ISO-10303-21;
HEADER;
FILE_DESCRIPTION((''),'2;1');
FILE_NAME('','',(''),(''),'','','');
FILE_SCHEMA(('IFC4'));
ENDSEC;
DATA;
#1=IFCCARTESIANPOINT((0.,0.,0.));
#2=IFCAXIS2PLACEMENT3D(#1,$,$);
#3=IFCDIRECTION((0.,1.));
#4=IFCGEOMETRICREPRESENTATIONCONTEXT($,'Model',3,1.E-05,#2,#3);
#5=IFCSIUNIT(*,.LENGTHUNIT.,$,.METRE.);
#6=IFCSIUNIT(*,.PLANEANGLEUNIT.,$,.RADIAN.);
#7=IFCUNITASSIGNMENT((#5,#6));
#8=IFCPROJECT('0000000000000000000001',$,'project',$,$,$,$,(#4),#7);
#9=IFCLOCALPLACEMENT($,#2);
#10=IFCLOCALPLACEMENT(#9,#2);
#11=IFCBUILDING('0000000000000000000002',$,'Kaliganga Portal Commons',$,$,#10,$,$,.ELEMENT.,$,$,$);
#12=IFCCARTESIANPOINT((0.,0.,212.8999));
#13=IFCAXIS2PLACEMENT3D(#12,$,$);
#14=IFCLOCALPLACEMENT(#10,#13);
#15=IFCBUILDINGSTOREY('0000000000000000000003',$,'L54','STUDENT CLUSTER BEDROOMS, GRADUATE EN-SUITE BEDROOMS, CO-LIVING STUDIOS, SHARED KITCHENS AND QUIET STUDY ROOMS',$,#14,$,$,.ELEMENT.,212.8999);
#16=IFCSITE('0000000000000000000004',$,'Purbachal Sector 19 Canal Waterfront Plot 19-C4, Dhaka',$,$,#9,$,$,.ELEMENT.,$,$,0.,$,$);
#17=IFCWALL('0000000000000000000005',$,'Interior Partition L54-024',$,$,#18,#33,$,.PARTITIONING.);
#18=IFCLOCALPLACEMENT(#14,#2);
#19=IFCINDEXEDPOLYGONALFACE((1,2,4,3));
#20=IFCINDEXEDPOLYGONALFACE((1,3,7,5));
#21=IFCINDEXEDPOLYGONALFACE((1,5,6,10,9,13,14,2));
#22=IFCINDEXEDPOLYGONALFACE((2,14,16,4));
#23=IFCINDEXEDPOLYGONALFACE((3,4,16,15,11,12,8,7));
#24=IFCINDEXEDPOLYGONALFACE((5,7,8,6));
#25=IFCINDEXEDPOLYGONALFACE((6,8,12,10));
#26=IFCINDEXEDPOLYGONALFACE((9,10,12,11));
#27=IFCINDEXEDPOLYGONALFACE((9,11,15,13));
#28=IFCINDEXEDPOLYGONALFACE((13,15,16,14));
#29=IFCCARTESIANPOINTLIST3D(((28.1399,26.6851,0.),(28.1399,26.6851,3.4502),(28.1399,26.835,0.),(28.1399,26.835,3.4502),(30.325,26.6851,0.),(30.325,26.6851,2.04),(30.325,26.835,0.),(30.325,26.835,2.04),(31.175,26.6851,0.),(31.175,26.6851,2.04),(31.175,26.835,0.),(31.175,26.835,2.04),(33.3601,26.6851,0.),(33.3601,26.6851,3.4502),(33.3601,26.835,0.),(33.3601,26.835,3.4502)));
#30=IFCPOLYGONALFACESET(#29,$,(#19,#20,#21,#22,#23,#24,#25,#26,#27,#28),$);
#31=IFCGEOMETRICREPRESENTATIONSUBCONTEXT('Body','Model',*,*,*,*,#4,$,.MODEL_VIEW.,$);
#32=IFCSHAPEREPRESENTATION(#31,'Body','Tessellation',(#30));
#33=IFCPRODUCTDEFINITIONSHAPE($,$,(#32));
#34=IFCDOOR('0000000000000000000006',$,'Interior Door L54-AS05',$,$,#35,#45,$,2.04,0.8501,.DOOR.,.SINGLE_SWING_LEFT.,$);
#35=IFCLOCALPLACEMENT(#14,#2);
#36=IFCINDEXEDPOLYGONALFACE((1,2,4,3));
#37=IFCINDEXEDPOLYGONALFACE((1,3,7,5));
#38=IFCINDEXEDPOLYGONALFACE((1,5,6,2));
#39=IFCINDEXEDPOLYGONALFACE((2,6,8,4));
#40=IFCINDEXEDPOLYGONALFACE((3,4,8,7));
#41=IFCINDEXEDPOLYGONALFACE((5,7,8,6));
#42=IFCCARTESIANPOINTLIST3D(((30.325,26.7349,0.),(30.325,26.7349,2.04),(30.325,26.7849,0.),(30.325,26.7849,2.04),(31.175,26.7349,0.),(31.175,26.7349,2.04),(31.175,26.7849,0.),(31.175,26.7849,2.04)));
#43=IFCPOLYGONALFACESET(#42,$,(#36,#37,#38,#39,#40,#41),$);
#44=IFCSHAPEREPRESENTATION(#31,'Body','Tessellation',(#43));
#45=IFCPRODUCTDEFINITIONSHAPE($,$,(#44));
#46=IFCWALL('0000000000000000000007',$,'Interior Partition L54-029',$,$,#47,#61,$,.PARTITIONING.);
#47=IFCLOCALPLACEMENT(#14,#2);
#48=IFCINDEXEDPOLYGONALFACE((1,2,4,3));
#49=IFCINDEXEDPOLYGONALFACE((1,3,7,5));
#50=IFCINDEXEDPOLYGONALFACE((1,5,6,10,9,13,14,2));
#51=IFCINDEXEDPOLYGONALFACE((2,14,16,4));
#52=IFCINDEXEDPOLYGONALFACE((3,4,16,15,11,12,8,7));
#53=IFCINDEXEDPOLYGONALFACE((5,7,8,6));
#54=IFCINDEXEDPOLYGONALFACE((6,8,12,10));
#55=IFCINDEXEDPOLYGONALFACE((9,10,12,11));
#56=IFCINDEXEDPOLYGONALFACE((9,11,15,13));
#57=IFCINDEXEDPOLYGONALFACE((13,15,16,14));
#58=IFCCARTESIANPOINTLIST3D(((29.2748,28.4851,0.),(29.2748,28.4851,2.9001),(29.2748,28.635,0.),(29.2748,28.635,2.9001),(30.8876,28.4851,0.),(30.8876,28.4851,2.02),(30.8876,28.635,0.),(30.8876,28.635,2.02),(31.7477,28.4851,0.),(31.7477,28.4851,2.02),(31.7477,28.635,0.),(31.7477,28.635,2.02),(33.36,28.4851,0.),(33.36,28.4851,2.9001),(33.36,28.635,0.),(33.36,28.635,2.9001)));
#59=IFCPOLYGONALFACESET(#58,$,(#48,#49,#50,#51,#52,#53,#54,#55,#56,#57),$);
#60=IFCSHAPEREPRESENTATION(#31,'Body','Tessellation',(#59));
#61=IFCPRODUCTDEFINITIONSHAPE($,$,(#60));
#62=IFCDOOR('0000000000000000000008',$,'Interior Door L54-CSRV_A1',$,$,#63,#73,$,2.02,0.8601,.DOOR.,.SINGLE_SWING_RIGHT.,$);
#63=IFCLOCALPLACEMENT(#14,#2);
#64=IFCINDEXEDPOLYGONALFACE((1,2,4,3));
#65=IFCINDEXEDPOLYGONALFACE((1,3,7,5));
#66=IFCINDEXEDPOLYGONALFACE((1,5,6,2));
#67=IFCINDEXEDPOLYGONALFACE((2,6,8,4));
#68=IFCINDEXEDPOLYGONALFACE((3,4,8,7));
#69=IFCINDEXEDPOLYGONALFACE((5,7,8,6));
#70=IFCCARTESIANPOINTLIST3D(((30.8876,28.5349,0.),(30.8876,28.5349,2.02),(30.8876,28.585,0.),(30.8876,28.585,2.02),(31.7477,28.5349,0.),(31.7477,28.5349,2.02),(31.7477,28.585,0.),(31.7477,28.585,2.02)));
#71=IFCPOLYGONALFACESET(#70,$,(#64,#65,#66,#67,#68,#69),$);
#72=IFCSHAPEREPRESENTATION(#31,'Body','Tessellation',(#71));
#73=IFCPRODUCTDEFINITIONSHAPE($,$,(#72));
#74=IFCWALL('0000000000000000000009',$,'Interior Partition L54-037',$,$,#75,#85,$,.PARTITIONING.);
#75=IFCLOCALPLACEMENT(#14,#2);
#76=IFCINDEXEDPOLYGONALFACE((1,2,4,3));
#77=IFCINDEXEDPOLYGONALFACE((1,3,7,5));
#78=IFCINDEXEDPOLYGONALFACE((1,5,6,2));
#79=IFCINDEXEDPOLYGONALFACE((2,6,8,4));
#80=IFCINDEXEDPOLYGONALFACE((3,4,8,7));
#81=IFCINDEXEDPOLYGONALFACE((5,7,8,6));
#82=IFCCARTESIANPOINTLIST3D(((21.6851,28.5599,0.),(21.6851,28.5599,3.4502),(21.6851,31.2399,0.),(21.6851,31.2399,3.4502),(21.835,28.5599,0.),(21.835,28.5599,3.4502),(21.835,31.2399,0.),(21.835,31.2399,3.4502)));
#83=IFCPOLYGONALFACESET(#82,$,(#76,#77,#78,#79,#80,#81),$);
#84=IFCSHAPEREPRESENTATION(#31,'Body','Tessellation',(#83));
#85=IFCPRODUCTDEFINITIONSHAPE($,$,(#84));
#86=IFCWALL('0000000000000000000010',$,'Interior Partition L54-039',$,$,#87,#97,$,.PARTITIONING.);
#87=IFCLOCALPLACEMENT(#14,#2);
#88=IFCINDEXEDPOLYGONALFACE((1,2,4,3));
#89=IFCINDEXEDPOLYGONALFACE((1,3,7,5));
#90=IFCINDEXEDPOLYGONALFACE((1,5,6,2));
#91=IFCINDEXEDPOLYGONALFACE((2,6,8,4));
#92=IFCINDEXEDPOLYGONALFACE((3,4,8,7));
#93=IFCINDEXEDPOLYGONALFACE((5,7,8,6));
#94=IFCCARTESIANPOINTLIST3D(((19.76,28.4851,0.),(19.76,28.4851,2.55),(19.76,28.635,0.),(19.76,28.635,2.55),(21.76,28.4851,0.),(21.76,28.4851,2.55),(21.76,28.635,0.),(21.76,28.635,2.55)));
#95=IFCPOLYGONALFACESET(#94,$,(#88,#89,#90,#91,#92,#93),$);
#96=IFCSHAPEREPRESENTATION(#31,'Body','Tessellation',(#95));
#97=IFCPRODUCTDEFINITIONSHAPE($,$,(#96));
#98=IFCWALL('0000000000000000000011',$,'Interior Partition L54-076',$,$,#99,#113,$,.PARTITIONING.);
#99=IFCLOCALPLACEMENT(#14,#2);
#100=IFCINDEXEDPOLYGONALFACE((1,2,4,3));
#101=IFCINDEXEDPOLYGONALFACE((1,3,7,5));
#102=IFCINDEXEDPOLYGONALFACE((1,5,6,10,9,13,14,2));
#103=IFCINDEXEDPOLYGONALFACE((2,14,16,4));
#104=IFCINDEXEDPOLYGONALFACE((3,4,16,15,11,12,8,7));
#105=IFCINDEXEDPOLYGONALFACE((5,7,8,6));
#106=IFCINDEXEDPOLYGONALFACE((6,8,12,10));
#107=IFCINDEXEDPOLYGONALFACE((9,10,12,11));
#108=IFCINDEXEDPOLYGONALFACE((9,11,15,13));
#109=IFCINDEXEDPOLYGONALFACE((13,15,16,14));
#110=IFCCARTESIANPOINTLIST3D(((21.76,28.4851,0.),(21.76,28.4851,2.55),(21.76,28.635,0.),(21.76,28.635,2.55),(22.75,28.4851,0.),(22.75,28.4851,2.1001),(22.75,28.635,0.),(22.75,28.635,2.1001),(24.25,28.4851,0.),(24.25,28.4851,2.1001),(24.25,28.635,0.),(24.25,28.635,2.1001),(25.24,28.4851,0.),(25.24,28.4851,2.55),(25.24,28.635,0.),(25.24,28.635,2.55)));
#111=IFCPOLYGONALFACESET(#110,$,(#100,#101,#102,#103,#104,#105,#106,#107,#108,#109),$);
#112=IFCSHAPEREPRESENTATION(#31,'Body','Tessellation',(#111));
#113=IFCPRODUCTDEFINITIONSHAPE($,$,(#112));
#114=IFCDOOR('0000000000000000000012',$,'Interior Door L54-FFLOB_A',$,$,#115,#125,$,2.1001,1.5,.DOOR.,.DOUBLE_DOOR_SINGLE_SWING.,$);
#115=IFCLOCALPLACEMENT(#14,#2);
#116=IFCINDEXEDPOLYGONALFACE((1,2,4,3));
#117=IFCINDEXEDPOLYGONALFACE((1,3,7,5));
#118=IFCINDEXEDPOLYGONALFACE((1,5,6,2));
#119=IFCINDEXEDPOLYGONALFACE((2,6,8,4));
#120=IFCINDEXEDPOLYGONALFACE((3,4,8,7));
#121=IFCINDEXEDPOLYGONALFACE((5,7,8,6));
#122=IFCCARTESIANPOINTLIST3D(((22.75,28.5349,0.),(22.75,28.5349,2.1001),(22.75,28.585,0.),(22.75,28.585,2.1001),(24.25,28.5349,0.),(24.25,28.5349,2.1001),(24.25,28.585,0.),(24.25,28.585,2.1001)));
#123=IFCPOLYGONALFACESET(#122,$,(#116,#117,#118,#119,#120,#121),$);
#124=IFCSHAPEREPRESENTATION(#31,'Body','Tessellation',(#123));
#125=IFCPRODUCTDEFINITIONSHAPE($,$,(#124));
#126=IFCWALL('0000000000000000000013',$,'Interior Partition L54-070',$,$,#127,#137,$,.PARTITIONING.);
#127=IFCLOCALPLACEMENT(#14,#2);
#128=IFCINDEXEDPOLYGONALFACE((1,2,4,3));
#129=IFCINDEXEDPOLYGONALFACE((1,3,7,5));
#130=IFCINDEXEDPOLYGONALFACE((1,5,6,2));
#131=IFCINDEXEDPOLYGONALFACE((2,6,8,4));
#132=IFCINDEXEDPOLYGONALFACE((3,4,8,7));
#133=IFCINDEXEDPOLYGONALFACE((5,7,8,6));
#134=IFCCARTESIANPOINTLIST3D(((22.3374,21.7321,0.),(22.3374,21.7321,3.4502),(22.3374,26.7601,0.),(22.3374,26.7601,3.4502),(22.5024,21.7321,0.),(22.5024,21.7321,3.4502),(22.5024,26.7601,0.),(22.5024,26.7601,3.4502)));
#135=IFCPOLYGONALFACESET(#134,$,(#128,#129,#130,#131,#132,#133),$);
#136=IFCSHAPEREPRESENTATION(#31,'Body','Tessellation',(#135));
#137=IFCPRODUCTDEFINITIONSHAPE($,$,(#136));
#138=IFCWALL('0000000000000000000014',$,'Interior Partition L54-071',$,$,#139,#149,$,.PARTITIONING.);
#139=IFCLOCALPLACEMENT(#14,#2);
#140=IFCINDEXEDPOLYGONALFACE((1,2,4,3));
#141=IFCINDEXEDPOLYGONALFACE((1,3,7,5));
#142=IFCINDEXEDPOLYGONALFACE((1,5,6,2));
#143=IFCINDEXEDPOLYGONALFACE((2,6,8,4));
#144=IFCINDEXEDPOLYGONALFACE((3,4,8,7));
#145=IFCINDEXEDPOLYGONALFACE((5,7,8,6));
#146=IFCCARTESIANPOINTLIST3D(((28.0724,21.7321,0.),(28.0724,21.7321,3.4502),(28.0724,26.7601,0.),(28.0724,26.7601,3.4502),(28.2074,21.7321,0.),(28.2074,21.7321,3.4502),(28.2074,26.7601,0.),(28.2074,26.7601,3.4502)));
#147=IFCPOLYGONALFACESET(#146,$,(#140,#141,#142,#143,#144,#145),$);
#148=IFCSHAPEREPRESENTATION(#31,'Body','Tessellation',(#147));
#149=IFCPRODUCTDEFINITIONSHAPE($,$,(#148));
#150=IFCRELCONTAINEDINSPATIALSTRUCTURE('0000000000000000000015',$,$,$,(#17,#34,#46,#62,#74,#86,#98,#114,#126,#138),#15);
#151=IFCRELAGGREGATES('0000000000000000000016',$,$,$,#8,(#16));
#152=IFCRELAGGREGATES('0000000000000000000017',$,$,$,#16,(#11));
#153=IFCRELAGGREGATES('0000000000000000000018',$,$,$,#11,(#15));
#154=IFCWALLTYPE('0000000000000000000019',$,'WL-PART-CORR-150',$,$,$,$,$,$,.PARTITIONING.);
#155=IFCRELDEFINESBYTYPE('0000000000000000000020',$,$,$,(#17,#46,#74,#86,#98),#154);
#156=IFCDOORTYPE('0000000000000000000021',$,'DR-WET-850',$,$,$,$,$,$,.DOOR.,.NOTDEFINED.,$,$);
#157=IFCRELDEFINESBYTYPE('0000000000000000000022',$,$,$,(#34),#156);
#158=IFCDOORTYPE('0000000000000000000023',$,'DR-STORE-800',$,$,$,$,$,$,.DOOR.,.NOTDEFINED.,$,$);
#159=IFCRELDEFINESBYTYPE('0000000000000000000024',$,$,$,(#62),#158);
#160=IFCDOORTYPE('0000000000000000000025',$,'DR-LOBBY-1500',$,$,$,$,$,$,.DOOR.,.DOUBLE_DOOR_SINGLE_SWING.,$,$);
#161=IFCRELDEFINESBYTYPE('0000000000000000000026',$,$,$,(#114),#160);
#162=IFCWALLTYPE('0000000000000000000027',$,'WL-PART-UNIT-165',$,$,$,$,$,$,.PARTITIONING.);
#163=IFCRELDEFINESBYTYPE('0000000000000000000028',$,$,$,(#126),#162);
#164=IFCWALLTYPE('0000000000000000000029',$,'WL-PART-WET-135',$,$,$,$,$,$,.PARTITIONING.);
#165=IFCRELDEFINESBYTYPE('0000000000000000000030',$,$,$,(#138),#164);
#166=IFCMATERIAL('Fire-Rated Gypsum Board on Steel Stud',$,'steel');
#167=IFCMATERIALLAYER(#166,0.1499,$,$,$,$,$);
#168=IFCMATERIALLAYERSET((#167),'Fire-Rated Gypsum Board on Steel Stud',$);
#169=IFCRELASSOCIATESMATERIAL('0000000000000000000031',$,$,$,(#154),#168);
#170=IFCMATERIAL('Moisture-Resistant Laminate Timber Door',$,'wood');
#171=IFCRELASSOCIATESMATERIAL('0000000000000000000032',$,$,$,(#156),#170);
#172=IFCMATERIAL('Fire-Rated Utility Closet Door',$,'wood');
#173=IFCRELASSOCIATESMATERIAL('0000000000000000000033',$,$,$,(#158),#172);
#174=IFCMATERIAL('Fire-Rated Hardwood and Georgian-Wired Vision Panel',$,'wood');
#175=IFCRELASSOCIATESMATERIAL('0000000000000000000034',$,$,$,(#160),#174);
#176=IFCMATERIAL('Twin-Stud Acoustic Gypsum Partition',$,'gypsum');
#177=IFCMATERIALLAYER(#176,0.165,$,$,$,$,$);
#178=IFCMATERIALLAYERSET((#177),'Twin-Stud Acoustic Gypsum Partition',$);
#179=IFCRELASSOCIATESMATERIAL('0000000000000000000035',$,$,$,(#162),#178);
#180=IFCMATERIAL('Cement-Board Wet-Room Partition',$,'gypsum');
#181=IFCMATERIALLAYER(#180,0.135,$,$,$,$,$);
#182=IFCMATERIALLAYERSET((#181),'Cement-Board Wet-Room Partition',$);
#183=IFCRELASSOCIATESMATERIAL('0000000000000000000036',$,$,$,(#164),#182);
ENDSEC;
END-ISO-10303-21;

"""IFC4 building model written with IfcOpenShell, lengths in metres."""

from ifc_helpers import new_model, si_unit, direction, frame, frame_2d, origin, place, context, subcontext, project, spatial, rectangle, extrude, material, layer, layer_set, type_object, element, fill, save


model = new_model("IFC4")

# Units and contexts
model_context = context("Model", 3, precision=1e-05, world=origin(), true_north=direction((0.0, 1.0)))
body_context = subcontext(model_context, "Body", "Model", "MODEL_VIEW")
ifc_project = project(units=[si_unit("LENGTHUNIT", "METRE"), si_unit("PLANEANGLEUNIT", "RADIAN")], contexts=[model_context])

# Site, building, storey
site_placement = place(None, origin())
site = spatial("IfcSite", under=ifc_project, at=site_placement, Name="Purbachal Sector 19 Canal Waterfront Plot 19-C4, Dhaka", CompositionType="ELEMENT", RefElevation=0.0)
building_placement = place(site_placement, origin())
building = spatial("IfcBuilding", under=site, at=building_placement, Name="Kaliganga Portal Commons", CompositionType="ELEMENT")
storey_placement = place(building_placement, frame((0.0, 0.0, 212.8999)))
storey = spatial("IfcBuildingStorey", under=building, at=storey_placement, Name="L54", Description="STUDENT CLUSTER BEDROOMS, GRADUATE EN-SUITE BEDROOMS, CO-LIVING STUDIOS, SHARED KITCHENS AND QUIET STUDY ROOMS", CompositionType="ELEMENT", Elevation=212.8999)

# Walls, openings, doors
ifc_material_1 = material(Name="Fire-Rated Gypsum Board on Steel Stud", Category="steel")
ifc_layer_1 = layer(ifc_material_1, 0.1499)
ifc_layer_set_1 = layer_set([ifc_layer_1], Name="Fire-Rated Gypsum Board on Steel Stud")
wall_type_1 = type_object("IfcWallType", Name="WL-PART-CORR-150", PredefinedType="PARTITIONING", material=ifc_layer_set_1)
wall_1_placement = place(storey_placement, frame((28.1399, 26.76, 0.0), z_axis=(0.0, 0.0, 1.0), x_axis=(1.0, 0.0, 0.0)))
wall_1 = element("IfcWall", 1, at=wall_1_placement, inside=storey, type_object=wall_type_1, Name="Interior Partition L54-024", PredefinedType="PARTITIONING", context=body_context, shape_type="SweptSolid", body=[
    extrude(rectangle(XDim=5.2202, YDim=0.1499, at=frame_2d((2.6101, 0.0))), origin(), (0.0, 0.0, 1.0), 3.4502),
])
opening_1_placement = place(wall_1_placement, frame((2.1851, 0.0, 0.0)))
opening_1 = element("IfcOpeningElement", 2, at=opening_1_placement, cuts=wall_1, PredefinedType="OPENING", context=body_context, shape_type="SweptSolid", body=[
    extrude(rectangle(XDim=0.8501, YDim=2.04, at=frame_2d((0.425, 1.02))), frame((0.0, 0.085, 0.0), z_axis=(0.0, -1.0, 0.0), x_axis=(1.0, 0.0, 0.0)), (0.0, 0.0, 1.0), 0.1699),
])
ifc_material_2 = material(Name="Moisture-Resistant Laminate Timber Door", Category="wood")
door_type_1 = type_object("IfcDoorType", Name="DR-WET-850", OperationType="NOTDEFINED", PredefinedType="DOOR", material=ifc_material_2)
door_1_placement = place(opening_1_placement, origin())
door_1 = element("IfcDoor", 3, at=door_1_placement, inside=storey, type_object=door_type_1, Name="Interior Door L54-AS05", OperationType="SINGLE_SWING_LEFT", OverallHeight=2.04, OverallWidth=0.8501, PredefinedType="DOOR", context=body_context, shape_type="SweptSolid", body=[
    extrude(rectangle(XDim=0.8501, YDim=2.04, at=frame_2d((0.425, 1.02))), frame((0.0, 0.0249, 0.0), z_axis=(0.0, -1.0, 0.0), x_axis=(1.0, 0.0, 0.0)), (0.0, 0.0, 1.0), 0.05),
])
fill(opening_1, door_1)
wall_2_placement = place(storey_placement, frame((29.2749, 28.5601, 0.0), z_axis=(0.0, 0.0, 1.0), x_axis=(1.0, 0.0, 0.0)))
wall_2 = element("IfcWall", 4, at=wall_2_placement, inside=storey, type_object=wall_type_1, Name="Interior Partition L54-029", PredefinedType="PARTITIONING", context=body_context, shape_type="SweptSolid", body=[
    extrude(rectangle(XDim=4.0852, YDim=0.1499, at=frame_2d((2.0425, 0.0))), origin(), (0.0, 0.0, 1.0), 2.9001),
])
opening_2_placement = place(wall_2_placement, frame((1.6125, 0.0, 0.0)))
opening_2 = element("IfcOpeningElement", 5, at=opening_2_placement, cuts=wall_2, PredefinedType="OPENING", context=body_context, shape_type="SweptSolid", body=[
    extrude(rectangle(XDim=0.8601, YDim=2.02, at=frame_2d((0.4302, 1.01))), frame((0.0, 0.085, 0.0), z_axis=(0.0, -1.0, 0.0), x_axis=(1.0, 0.0, 0.0)), (0.0, 0.0, 1.0), 0.1699),
])
ifc_material_3 = material(Name="Fire-Rated Utility Closet Door", Category="wood")
door_type_2 = type_object("IfcDoorType", Name="DR-STORE-800", OperationType="NOTDEFINED", PredefinedType="DOOR", material=ifc_material_3)
door_2_placement = place(opening_2_placement, origin())
door_2 = element("IfcDoor", 6, at=door_2_placement, inside=storey, type_object=door_type_2, Name="Interior Door L54-CSRV_A1", OperationType="SINGLE_SWING_RIGHT", OverallHeight=2.02, OverallWidth=0.8601, PredefinedType="DOOR", context=body_context, shape_type="SweptSolid", body=[
    extrude(rectangle(XDim=0.8601, YDim=2.02, at=frame_2d((0.4302, 1.01))), frame((0.0, 0.0249, 0.0), z_axis=(0.0, -1.0, 0.0), x_axis=(1.0, 0.0, 0.0)), (0.0, 0.0, 1.0), 0.05),
])
fill(opening_2, door_2)

# Walls
wall_3_placement = place(storey_placement, frame((21.76, 28.5601, 0.0), z_axis=(0.0, 0.0, 1.0), x_axis=(0.0, 1.0, 0.0)))
element("IfcWall", 7, at=wall_3_placement, inside=storey, type_object=wall_type_1, Name="Interior Partition L54-037", PredefinedType="PARTITIONING", context=body_context, shape_type="SweptSolid", body=[
    extrude(rectangle(XDim=2.6799, YDim=0.1499, at=frame_2d((1.3398, 0.0))), origin(), (0.0, 0.0, 1.0), 3.4502),
])
wall_4_placement = place(storey_placement, frame((19.76, 28.5601, 0.0), z_axis=(0.0, 0.0, 1.0), x_axis=(1.0, 0.0, 0.0)))
element("IfcWall", 8, at=wall_4_placement, inside=storey, type_object=wall_type_1, Name="Interior Partition L54-039", PredefinedType="PARTITIONING", context=body_context, shape_type="SweptSolid", body=[
    extrude(rectangle(XDim=2.0, YDim=0.1499, at=frame_2d((1.0, 0.0))), origin(), (0.0, 0.0, 1.0), 2.55),
])

# Wall, opening, door
wall_5_placement = place(storey_placement, frame((21.76, 28.5601, 0.0), z_axis=(0.0, 0.0, 1.0), x_axis=(1.0, 0.0, 0.0)))
wall_5 = element("IfcWall", 9, at=wall_5_placement, inside=storey, type_object=wall_type_1, Name="Interior Partition L54-076", PredefinedType="PARTITIONING", context=body_context, shape_type="SweptSolid", body=[
    extrude(rectangle(XDim=3.48, YDim=0.1499, at=frame_2d((1.74, 0.0))), origin(), (0.0, 0.0, 1.0), 2.55),
])
opening_3_placement = place(wall_5_placement, frame((0.99, 0.0, 0.0)))
opening_3 = element("IfcOpeningElement", 10, at=opening_3_placement, cuts=wall_5, PredefinedType="OPENING", context=body_context, shape_type="SweptSolid", body=[
    extrude(rectangle(XDim=1.5, YDim=2.1001, at=frame_2d((0.75, 1.05))), frame((0.0, 0.085, 0.0), z_axis=(0.0, -1.0, 0.0), x_axis=(1.0, 0.0, 0.0)), (0.0, 0.0, 1.0), 0.1699),
])
ifc_material_4 = material(Name="Fire-Rated Hardwood and Georgian-Wired Vision Panel", Category="wood")
door_type_3 = type_object("IfcDoorType", Name="DR-LOBBY-1500", OperationType="DOUBLE_DOOR_SINGLE_SWING", PredefinedType="DOOR", material=ifc_material_4)
door_3_placement = place(opening_3_placement, origin())
door_3 = element("IfcDoor", 11, at=door_3_placement, inside=storey, type_object=door_type_3, Name="Interior Door L54-FFLOB_A", OperationType="DOUBLE_DOOR_SINGLE_SWING", OverallHeight=2.1001, OverallWidth=1.5, PredefinedType="DOOR", context=body_context, shape_type="SweptSolid", body=[
    extrude(rectangle(XDim=1.5, YDim=2.1001, at=frame_2d((0.75, 1.05))), frame((0.0, 0.0249, 0.0), z_axis=(0.0, -1.0, 0.0), x_axis=(1.0, 0.0, 0.0)), (0.0, 0.0, 1.0), 0.05),
])
fill(opening_3, door_3)

# Walls
ifc_material_5 = material(Name="Twin-Stud Acoustic Gypsum Partition", Category="gypsum")
ifc_layer_2 = layer(ifc_material_5, 0.165)
ifc_layer_set_2 = layer_set([ifc_layer_2], Name="Twin-Stud Acoustic Gypsum Partition")
wall_type_2 = type_object("IfcWallType", Name="WL-PART-UNIT-165", PredefinedType="PARTITIONING", material=ifc_layer_set_2)
wall_6_placement = place(storey_placement, frame((22.4199, 21.7319, 0.0), z_axis=(0.0, 0.0, 1.0), x_axis=(0.0, 1.0, 0.0)))
element("IfcWall", 12, at=wall_6_placement, inside=storey, type_object=wall_type_2, Name="Interior Partition L54-070", PredefinedType="PARTITIONING", context=body_context, shape_type="SweptSolid", body=[
    extrude(rectangle(XDim=5.0281, YDim=0.165, at=frame_2d((2.5142, 0.0))), origin(), (0.0, 0.0, 1.0), 3.4502),
])
ifc_material_6 = material(Name="Cement-Board Wet-Room Partition", Category="gypsum")
ifc_layer_3 = layer(ifc_material_6, 0.135)
ifc_layer_set_3 = layer_set([ifc_layer_3], Name="Cement-Board Wet-Room Partition")
wall_type_3 = type_object("IfcWallType", Name="WL-PART-WET-135", PredefinedType="PARTITIONING", material=ifc_layer_set_3)
wall_7_placement = place(storey_placement, frame((28.1399, 21.7319, 0.0), z_axis=(0.0, 0.0, 1.0), x_axis=(0.0, 1.0, 0.0)))
element("IfcWall", 13, at=wall_7_placement, inside=storey, type_object=wall_type_3, Name="Interior Partition L54-071", PredefinedType="PARTITIONING", context=body_context, shape_type="SweptSolid", body=[
    extrude(rectangle(XDim=5.0281, YDim=0.135, at=frame_2d((2.5142, 0.0))), origin(), (0.0, 0.0, 1.0), 3.4502),
])

save(model, "model.ifc")
